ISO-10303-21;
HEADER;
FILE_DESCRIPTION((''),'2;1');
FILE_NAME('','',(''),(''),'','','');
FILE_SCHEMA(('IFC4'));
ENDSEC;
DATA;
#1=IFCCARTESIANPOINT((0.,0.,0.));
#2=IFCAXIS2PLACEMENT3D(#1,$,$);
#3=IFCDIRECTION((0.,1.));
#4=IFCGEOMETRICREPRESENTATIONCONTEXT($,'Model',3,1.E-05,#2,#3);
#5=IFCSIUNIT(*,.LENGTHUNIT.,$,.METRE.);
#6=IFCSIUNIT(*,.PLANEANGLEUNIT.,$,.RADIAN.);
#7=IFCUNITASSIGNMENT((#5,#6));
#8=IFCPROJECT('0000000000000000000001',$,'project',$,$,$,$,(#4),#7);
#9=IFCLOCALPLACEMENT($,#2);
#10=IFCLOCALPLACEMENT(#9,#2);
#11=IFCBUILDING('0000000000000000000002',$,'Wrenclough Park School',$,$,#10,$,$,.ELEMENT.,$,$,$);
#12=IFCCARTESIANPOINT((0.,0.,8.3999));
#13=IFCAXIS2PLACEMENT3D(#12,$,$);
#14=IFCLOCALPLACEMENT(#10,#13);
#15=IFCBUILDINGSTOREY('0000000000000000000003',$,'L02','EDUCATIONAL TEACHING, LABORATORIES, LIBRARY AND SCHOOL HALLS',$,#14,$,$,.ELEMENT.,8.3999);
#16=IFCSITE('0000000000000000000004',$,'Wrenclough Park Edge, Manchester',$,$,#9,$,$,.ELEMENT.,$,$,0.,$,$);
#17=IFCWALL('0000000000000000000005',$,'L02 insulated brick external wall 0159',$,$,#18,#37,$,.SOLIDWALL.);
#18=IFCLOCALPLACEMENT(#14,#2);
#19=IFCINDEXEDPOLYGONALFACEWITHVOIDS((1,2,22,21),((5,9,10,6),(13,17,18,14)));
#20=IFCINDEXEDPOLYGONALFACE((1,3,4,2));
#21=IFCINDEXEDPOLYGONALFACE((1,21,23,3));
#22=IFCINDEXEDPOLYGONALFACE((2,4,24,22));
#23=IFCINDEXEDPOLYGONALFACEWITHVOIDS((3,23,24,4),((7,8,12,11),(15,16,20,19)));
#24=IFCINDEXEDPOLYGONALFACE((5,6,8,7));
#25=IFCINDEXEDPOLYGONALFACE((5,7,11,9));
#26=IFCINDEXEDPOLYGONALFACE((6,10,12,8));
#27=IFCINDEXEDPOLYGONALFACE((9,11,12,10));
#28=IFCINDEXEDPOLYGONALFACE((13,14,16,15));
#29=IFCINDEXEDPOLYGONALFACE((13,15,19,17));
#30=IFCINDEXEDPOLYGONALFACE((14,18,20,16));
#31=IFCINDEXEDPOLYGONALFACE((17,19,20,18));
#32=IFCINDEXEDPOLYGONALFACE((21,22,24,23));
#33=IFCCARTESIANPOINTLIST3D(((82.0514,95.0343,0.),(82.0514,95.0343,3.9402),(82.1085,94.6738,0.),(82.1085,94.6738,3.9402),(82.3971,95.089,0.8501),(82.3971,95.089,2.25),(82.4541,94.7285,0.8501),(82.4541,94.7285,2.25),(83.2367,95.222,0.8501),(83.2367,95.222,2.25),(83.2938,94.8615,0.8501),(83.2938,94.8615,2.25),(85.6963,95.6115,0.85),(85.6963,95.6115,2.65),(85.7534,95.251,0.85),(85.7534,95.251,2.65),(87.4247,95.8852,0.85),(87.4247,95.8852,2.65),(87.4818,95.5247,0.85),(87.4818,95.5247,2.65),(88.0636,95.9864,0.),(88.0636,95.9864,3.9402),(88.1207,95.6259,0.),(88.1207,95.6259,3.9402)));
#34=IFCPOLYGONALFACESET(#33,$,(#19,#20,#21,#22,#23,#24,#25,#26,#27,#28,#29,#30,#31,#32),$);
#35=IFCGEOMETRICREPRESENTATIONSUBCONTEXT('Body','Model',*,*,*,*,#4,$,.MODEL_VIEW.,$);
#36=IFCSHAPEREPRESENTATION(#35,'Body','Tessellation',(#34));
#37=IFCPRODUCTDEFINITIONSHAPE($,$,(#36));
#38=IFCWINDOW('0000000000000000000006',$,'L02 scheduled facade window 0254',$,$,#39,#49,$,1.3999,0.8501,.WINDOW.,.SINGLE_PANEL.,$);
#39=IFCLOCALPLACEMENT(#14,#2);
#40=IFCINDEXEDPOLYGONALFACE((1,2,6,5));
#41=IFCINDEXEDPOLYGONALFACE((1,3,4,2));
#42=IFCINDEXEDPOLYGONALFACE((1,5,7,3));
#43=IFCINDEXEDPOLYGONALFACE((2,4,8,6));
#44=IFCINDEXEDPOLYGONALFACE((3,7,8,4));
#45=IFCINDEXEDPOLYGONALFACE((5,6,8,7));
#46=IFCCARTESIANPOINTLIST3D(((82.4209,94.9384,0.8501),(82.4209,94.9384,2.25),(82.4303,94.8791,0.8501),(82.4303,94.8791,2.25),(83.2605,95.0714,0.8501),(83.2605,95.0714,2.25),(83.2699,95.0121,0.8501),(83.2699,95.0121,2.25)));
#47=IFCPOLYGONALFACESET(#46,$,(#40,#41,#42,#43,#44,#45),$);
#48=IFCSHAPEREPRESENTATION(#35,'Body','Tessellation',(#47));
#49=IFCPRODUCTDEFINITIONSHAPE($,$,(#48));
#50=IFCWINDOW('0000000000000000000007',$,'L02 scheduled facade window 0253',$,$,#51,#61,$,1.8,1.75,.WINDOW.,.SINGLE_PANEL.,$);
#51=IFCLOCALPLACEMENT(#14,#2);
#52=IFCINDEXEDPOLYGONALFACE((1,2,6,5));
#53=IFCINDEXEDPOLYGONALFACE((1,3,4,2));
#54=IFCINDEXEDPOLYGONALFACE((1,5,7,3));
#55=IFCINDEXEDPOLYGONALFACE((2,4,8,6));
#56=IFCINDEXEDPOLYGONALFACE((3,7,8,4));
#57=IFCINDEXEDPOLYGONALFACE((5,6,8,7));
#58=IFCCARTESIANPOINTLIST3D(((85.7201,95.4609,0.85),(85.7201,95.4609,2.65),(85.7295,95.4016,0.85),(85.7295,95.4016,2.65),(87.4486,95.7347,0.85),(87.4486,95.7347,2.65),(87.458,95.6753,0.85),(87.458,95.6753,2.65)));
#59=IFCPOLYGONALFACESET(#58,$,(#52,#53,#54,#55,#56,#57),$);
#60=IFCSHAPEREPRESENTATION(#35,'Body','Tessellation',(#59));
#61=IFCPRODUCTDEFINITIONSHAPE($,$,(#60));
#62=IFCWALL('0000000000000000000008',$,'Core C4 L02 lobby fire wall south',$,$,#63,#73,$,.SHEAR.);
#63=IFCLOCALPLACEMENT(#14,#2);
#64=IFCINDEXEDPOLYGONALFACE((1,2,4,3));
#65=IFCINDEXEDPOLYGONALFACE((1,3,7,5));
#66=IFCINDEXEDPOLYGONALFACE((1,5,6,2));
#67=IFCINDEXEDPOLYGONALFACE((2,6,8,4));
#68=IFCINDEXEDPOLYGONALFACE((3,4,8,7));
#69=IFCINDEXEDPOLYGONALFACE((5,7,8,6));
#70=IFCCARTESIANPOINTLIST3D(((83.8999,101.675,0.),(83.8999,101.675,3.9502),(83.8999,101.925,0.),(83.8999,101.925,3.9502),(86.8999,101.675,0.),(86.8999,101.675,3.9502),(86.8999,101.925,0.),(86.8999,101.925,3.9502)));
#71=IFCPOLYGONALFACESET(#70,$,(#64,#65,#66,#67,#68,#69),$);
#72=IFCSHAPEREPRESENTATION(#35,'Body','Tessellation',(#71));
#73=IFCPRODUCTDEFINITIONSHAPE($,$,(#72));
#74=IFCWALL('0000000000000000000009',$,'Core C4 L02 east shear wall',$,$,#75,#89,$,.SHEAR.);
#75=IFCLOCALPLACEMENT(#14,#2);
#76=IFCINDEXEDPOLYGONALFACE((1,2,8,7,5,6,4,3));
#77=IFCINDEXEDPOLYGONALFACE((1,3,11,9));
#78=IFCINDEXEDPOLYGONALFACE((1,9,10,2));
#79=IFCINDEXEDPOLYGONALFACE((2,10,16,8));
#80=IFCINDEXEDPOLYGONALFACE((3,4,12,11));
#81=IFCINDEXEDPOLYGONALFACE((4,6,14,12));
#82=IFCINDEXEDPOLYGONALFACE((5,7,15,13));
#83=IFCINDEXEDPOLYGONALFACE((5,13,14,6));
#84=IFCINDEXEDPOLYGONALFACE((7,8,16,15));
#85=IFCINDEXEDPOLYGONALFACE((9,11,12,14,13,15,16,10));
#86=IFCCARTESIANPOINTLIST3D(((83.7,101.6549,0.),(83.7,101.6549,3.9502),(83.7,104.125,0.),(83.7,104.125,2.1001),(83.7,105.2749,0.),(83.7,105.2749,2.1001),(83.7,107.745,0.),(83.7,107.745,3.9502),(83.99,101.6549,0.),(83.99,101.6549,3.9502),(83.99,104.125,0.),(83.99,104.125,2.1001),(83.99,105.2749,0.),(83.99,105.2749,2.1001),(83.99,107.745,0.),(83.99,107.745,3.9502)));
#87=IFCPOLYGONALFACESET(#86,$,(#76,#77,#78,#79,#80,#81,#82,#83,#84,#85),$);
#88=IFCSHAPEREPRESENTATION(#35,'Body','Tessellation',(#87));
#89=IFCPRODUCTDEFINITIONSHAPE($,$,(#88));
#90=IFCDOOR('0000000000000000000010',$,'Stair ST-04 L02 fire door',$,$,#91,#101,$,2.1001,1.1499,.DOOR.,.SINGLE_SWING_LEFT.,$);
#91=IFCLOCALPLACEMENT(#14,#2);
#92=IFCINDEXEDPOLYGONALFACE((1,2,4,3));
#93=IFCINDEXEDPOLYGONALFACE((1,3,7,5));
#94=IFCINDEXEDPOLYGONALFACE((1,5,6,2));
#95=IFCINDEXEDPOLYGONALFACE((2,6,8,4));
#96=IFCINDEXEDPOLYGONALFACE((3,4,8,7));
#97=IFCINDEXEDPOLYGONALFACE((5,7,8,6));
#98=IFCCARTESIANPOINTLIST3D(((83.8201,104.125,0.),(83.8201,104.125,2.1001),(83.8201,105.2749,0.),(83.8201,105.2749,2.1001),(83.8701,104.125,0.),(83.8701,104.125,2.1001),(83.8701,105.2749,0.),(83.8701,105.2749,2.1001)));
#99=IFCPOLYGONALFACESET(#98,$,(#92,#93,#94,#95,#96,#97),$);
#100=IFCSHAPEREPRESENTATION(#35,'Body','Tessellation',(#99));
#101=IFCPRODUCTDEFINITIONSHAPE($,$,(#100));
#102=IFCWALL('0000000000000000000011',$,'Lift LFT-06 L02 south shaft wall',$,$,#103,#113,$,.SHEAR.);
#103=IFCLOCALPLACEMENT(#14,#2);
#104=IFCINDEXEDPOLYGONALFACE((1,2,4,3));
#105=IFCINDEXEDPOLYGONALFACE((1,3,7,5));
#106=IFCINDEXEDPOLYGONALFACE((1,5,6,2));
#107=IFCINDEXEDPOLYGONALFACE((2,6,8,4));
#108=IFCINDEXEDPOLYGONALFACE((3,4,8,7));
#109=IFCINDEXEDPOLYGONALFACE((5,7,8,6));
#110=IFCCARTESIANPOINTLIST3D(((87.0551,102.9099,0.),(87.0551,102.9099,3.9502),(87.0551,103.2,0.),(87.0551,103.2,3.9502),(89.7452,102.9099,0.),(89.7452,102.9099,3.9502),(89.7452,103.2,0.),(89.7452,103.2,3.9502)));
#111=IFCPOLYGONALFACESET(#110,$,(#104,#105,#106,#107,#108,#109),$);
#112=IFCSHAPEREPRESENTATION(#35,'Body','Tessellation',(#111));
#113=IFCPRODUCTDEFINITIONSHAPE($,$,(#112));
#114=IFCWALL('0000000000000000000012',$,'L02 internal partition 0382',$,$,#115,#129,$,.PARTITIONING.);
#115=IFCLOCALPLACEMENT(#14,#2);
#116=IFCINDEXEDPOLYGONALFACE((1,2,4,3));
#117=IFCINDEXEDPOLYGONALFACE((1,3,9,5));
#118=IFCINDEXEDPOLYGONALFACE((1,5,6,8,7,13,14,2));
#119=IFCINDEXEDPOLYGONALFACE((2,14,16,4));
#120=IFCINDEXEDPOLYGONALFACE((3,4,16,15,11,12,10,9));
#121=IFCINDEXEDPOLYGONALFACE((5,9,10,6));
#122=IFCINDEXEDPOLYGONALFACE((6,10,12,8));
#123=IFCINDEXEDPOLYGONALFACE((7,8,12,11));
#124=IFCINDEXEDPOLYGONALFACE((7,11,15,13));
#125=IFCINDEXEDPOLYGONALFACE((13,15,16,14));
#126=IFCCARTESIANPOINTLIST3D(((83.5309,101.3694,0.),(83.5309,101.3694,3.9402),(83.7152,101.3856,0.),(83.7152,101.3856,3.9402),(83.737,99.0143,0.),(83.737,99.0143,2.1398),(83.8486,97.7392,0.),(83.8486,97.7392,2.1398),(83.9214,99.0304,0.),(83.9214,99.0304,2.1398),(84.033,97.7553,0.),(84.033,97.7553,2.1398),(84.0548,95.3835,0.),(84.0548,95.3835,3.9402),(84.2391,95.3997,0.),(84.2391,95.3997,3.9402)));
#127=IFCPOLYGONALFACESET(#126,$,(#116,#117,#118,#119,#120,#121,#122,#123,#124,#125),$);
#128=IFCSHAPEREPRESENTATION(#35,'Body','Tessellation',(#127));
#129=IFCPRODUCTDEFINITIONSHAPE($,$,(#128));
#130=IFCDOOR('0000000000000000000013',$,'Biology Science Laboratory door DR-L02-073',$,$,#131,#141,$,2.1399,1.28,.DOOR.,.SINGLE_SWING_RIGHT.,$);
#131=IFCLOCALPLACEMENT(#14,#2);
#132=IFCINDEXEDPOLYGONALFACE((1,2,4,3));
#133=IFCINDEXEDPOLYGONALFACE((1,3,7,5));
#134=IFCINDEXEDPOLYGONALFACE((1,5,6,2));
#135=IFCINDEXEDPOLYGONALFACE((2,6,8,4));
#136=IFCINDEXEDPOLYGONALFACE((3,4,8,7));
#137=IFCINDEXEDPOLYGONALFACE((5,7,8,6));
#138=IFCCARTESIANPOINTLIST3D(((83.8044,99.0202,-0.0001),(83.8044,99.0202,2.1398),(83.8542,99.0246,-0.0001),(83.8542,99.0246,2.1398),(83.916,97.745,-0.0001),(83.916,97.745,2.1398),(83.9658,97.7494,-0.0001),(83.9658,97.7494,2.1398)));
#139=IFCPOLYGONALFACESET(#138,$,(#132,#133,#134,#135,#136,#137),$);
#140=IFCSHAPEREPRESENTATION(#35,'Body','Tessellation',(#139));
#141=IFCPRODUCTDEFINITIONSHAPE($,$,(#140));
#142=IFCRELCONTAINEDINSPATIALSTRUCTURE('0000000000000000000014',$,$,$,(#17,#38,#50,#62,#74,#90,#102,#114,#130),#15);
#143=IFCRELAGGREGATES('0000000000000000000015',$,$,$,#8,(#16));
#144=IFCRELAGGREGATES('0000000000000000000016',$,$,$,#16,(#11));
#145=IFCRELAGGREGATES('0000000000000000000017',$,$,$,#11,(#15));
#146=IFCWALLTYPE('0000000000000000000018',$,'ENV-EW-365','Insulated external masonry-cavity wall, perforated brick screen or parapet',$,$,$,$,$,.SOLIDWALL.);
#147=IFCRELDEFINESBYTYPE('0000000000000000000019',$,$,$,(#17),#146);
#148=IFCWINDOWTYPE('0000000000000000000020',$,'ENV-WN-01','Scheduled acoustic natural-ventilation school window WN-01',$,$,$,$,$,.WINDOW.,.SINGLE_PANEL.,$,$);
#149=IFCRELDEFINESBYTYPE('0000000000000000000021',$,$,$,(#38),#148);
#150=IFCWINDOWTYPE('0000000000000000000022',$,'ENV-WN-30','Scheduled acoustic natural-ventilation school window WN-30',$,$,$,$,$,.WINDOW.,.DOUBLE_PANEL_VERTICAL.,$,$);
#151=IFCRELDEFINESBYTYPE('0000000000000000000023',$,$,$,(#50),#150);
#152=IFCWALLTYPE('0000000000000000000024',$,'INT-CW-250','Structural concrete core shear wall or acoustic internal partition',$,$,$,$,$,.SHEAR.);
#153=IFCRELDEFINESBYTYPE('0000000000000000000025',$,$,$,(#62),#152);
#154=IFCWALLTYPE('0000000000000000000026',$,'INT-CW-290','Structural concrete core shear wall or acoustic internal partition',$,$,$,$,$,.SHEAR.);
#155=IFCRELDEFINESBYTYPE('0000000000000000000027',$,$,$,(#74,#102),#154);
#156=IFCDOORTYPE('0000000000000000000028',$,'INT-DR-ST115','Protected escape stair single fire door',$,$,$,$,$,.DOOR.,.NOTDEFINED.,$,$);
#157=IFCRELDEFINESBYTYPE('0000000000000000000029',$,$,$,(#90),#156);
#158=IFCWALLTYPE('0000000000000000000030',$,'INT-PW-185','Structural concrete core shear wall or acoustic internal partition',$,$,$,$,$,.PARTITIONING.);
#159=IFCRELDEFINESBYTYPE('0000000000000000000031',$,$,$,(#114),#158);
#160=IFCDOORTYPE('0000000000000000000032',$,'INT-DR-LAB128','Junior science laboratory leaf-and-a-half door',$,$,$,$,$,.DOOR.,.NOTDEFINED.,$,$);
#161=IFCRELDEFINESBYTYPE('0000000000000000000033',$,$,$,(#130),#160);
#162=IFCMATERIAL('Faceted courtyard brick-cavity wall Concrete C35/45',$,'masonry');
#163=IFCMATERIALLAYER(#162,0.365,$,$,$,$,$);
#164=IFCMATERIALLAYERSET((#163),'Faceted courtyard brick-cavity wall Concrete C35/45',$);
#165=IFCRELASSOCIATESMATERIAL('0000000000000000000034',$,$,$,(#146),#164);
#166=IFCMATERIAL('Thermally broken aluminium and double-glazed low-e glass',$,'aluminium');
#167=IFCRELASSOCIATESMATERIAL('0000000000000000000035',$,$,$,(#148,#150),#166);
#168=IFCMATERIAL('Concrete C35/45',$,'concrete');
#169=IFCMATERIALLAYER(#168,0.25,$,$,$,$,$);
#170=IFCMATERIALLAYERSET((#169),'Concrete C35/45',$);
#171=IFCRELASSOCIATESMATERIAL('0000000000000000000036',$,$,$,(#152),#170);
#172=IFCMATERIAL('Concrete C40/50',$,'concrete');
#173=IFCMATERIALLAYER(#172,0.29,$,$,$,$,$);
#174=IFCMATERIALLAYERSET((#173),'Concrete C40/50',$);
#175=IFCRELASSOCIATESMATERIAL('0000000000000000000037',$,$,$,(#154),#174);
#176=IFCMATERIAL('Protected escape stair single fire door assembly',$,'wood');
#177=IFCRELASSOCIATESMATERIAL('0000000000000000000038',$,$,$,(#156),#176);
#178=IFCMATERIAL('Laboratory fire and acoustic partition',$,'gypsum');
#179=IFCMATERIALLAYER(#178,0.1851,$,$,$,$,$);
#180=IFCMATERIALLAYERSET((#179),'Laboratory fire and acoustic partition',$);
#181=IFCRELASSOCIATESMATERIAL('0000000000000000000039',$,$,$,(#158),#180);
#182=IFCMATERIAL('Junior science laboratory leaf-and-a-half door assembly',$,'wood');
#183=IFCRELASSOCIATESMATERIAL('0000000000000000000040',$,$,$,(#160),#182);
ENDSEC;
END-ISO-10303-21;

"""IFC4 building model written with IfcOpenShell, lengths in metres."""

from ifc_helpers import new_model, si_unit, direction, frame, frame_2d, origin, place, context, subcontext, project, spatial, rectangle, extrude, material, layer, layer_set, type_object, element, fill, save


model = new_model("IFC4")

# Units and contexts
model_context = context("Model", 3, precision=1e-05, world=origin(), true_north=direction((0.0, 1.0)))
body_context = subcontext(model_context, "Body", "Model", "MODEL_VIEW")
ifc_project = project(units=[si_unit("LENGTHUNIT", "METRE"), si_unit("PLANEANGLEUNIT", "RADIAN")], contexts=[model_context])

# Site, building, storey
site_placement = place(None, origin())
site = spatial("IfcSite", under=ifc_project, at=site_placement, Name="Wrenclough Park Edge, Manchester", CompositionType="ELEMENT", RefElevation=0.0)
building_placement = place(site_placement, origin())
building = spatial("IfcBuilding", under=site, at=building_placement, Name="Wrenclough Park School", CompositionType="ELEMENT")
storey_placement = place(building_placement, frame((0.0, 0.0, 8.3999)))
storey = spatial("IfcBuildingStorey", under=building, at=storey_placement, Name="L02", Description="EDUCATIONAL TEACHING, LABORATORIES, LIBRARY AND SCHOOL HALLS", CompositionType="ELEMENT", Elevation=8.3999)

# Wall, openings, windows
ifc_material_1 = material(Name="Thermally broken aluminium and double-glazed low-e glass", Category="aluminium")
ifc_material_2 = material(Name="Faceted courtyard brick-cavity wall Concrete C35/45", Category="masonry")
ifc_layer_1 = layer(ifc_material_2, 0.365)
ifc_layer_set_1 = layer_set([ifc_layer_1], Name="Faceted courtyard brick-cavity wall Concrete C35/45")
wall_type_1 = type_object("IfcWallType", Name="ENV-EW-365", Description="Insulated external masonry-cavity wall, perforated brick screen or parapet", PredefinedType="SOLIDWALL", material=ifc_layer_set_1)
wall_1_placement = place(storey_placement, frame((88.092, 95.8062, 0.0), z_axis=(0.0, 0.0, 1.0), x_axis=(-0.987691, -0.15642, 0.0)))
wall_1 = element("IfcWall", 1, at=wall_1_placement, inside=storey, type_object=wall_type_1, Name="L02 insulated brick external wall 0159", PredefinedType="SOLIDWALL", context=body_context, shape_type="SweptSolid", body=[
    extrude(rectangle(XDim=6.0872, YDim=0.365, at=frame_2d((3.0435, 0.0))), origin(), (0.0, 0.0, 1.0), 3.9402),
])
opening_1_placement = place(wall_1_placement, frame((0.6467, 0.0, 0.8501)))
opening_1 = element("IfcOpeningElement", 2, at=opening_1_placement, cuts=wall_1, PredefinedType="OPENING", context=body_context, shape_type="SweptSolid", body=[
    extrude(rectangle(XDim=1.75, YDim=1.8, at=frame_2d((0.875, 0.8999))), frame((0.0, 0.1924, 0.0), z_axis=(0.0, -1.0, 0.0), x_axis=(1.0, 0.0, 0.0)), (0.0, 0.0, 1.0), 0.385),
])
opening_2_placement = place(wall_1_placement, frame((4.887, 0.0, 0.8501)))
opening_2 = element("IfcOpeningElement", 3, at=opening_2_placement, cuts=wall_1, PredefinedType="OPENING", context=body_context, shape_type="SweptSolid", body=[
    extrude(rectangle(XDim=0.8501, YDim=1.3999, at=frame_2d((0.425, 0.7))), frame((0.0, 0.1924, 0.0), z_axis=(0.0, -1.0, 0.0), x_axis=(1.0, 0.0, 0.0)), (0.0, 0.0, 1.0), 0.385),
])
window_type_1 = type_object("IfcWindowType", Name="ENV-WN-01", Description="Scheduled acoustic natural-ventilation school window WN-01", PartitioningType="SINGLE_PANEL", PredefinedType="WINDOW", material=ifc_material_1)
window_1_placement = place(opening_2_placement, origin())
window_1 = element("IfcWindow", 4, at=window_1_placement, inside=storey, type_object=window_type_1, Name="L02 scheduled facade window 0254", OverallHeight=1.3999, OverallWidth=0.8501, PartitioningType="SINGLE_PANEL", PredefinedType="WINDOW", context=body_context, shape_type="SweptSolid", body=[
    extrude(rectangle(XDim=0.8501, YDim=1.3999, at=frame_2d((0.425, 0.7))), frame((0.0, 0.03, 0.0), z_axis=(0.0, -1.0, 0.0), x_axis=(1.0, 0.0, 0.0)), (0.0, 0.0, 1.0), 0.0601),
])
fill(opening_2, window_1)
window_type_2 = type_object("IfcWindowType", Name="ENV-WN-30", Description="Scheduled acoustic natural-ventilation school window WN-30", PartitioningType="DOUBLE_PANEL_VERTICAL", PredefinedType="WINDOW", material=ifc_material_1)
window_2_placement = place(opening_1_placement, origin())
window_2 = element("IfcWindow", 5, at=window_2_placement, inside=storey, type_object=window_type_2, Name="L02 scheduled facade window 0253", OverallHeight=1.8, OverallWidth=1.75, PartitioningType="SINGLE_PANEL", PredefinedType="WINDOW", context=body_context, shape_type="SweptSolid", body=[
    extrude(rectangle(XDim=1.75, YDim=1.8, at=frame_2d((0.875, 0.8999))), frame((0.0, 0.03, 0.0), z_axis=(0.0, -1.0, 0.0), x_axis=(1.0, 0.0, 0.0)), (0.0, 0.0, 1.0), 0.0601),
])
fill(opening_1, window_2)

# Wall
ifc_material_3 = material(Name="Concrete C35/45", Category="concrete")
ifc_layer_2 = layer(ifc_material_3, 0.25)
ifc_layer_set_2 = layer_set([ifc_layer_2], Name="Concrete C35/45")
wall_type_2 = type_object("IfcWallType", Name="INT-CW-250", Description="Structural concrete core shear wall or acoustic internal partition", PredefinedType="SHEAR", material=ifc_layer_set_2)
wall_2_placement = place(storey_placement, frame((83.8999, 101.8, 0.0), z_axis=(0.0, 0.0, 1.0), x_axis=(1.0, 0.0, 0.0)))
element("IfcWall", 6, at=wall_2_placement, inside=storey, type_object=wall_type_2, Name="Core C4 L02 lobby fire wall south", PredefinedType="SHEAR", context=body_context, shape_type="SweptSolid", body=[
    extrude(rectangle(XDim=3.0, YDim=0.25, at=frame_2d((1.5, 0.0))), origin(), (0.0, 0.0, 1.0), 3.9502),
])

# Wall, opening, door
ifc_material_4 = material(Name="Concrete C40/50", Category="concrete")
ifc_layer_3 = layer(ifc_material_4, 0.29)
ifc_layer_set_3 = layer_set([ifc_layer_3], Name="Concrete C40/50")
wall_type_3 = type_object("IfcWallType", Name="INT-CW-290", Description="Structural concrete core shear wall or acoustic internal partition", PredefinedType="SHEAR", material=ifc_layer_set_3)
wall_3_placement = place(storey_placement, frame((83.845, 101.655, 0.0), z_axis=(0.0, 0.0, 1.0), x_axis=(0.0, 1.0, 0.0)))
wall_3 = element("IfcWall", 7, at=wall_3_placement, inside=storey, type_object=wall_type_3, Name="Core C4 L02 east shear wall", PredefinedType="SHEAR", context=body_context, shape_type="SweptSolid", body=[
    extrude(rectangle(XDim=6.0901, YDim=0.29, at=frame_2d((3.0449, 0.0))), origin(), (0.0, 0.0, 1.0), 3.9502),
])
opening_3_placement = place(wall_3_placement, frame((2.47, 0.0, 0.0)))
opening_3 = element("IfcOpeningElement", 8, at=opening_3_placement, cuts=wall_3, PredefinedType="OPENING", context=body_context, shape_type="SweptSolid", body=[
    extrude(rectangle(XDim=1.1499, YDim=2.1001, at=frame_2d((0.575, 1.05))), frame((0.0, 0.155, 0.0), z_axis=(0.0, -1.0, 0.0), x_axis=(1.0, 0.0, 0.0)), (0.0, 0.0, 1.0), 0.3101),
])
ifc_material_5 = material(Name="Protected escape stair single fire door assembly", Category="wood")
door_type_1 = type_object("IfcDoorType", Name="INT-DR-ST115", Description="Protected escape stair single fire door", OperationType="NOTDEFINED", PredefinedType="DOOR", material=ifc_material_5)
door_1_placement = place(opening_3_placement, origin())
door_1 = element("IfcDoor", 9, at=door_1_placement, inside=storey, type_object=door_type_1, Name="Stair ST-04 L02 fire door", OperationType="SINGLE_SWING_LEFT", OverallHeight=2.1001, OverallWidth=1.1499, PredefinedType="DOOR", context=body_context, shape_type="SweptSolid", body=[
    extrude(rectangle(XDim=1.1499, YDim=2.1001, at=frame_2d((0.575, 1.05))), frame((0.0, 0.0249, 0.0), z_axis=(0.0, -1.0, 0.0), x_axis=(1.0, 0.0, 0.0)), (0.0, 0.0, 1.0), 0.05),
])
fill(opening_3, door_1)

# Wall
wall_4_placement = place(storey_placement, frame((87.0549, 103.0549, 0.0), z_axis=(0.0, 0.0, 1.0), x_axis=(1.0, 0.0, 0.0)))
element("IfcWall", 10, at=wall_4_placement, inside=storey, type_object=wall_type_3, Name="Lift LFT-06 L02 south shaft wall", PredefinedType="SHEAR", context=body_context, shape_type="SweptSolid", body=[
    extrude(rectangle(XDim=2.6902, YDim=0.29, at=frame_2d((1.3452, 0.0))), origin(), (0.0, 0.0, 1.0), 3.9502),
])

# Wall, opening, door
ifc_material_6 = material(Name="Laboratory fire and acoustic partition", Category="gypsum")
ifc_layer_4 = layer(ifc_material_6, 0.1851)
ifc_layer_set_4 = layer_set([ifc_layer_4], Name="Laboratory fire and acoustic partition")
wall_type_4 = type_object("IfcWallType", Name="INT-PW-185", Description="Structural concrete core shear wall or acoustic internal partition", PredefinedType="PARTITIONING", material=ifc_layer_set_4)
wall_5_placement = place(storey_placement, frame((84.147, 95.3916, 0.0), z_axis=(0.0, 0.0, 1.0), x_axis=(-0.087194, 0.996191, 0.0)))
wall_5 = element("IfcWall", 11, at=wall_5_placement, inside=storey, type_object=wall_type_4, Name="L02 internal partition 0382", PredefinedType="PARTITIONING", context=body_context, shape_type="SweptSolid", body=[
    extrude(rectangle(XDim=6.0088, YDim=0.1851, at=frame_2d((3.0044, 0.0))), origin(), (0.0, 0.0, 1.0), 3.9402),
])
opening_4_placement = place(wall_5_placement, frame((2.3645, 0.0, 0.0)))
opening_4 = element("IfcOpeningElement", 12, at=opening_4_placement, cuts=wall_5, PredefinedType="OPENING", context=body_context, shape_type="SweptSolid", body=[
    extrude(rectangle(XDim=1.28, YDim=2.1399, at=frame_2d((0.6401, 1.0698))), frame((0.0, 0.1025, 0.0), z_axis=(0.0, -1.0, 0.0), x_axis=(1.0, 0.0, 0.0)), (0.0, 0.0, 1.0), 0.2051),
])
ifc_material_7 = material(Name="Junior science laboratory leaf-and-a-half door assembly", Category="wood")
door_type_2 = type_object("IfcDoorType", Name="INT-DR-LAB128", Description="Junior science laboratory leaf-and-a-half door", OperationType="NOTDEFINED", PredefinedType="DOOR", material=ifc_material_7)
door_2_placement = place(opening_4_placement, origin())
door_2 = element("IfcDoor", 13, at=door_2_placement, inside=storey, type_object=door_type_2, Name="Biology Science Laboratory door DR-L02-073", OperationType="SINGLE_SWING_RIGHT", OverallHeight=2.1399, OverallWidth=1.28, PredefinedType="DOOR", context=body_context, shape_type="SweptSolid", body=[
    extrude(rectangle(XDim=1.28, YDim=2.1399, at=frame_2d((0.6401, 1.0698))), frame((0.0, 0.0249, 0.0), z_axis=(0.0, -1.0, 0.0), x_axis=(1.0, 0.0, 0.0)), (0.0, 0.0, 1.0), 0.05),
])
fill(opening_4, door_2)

save(model, "model.ifc")
